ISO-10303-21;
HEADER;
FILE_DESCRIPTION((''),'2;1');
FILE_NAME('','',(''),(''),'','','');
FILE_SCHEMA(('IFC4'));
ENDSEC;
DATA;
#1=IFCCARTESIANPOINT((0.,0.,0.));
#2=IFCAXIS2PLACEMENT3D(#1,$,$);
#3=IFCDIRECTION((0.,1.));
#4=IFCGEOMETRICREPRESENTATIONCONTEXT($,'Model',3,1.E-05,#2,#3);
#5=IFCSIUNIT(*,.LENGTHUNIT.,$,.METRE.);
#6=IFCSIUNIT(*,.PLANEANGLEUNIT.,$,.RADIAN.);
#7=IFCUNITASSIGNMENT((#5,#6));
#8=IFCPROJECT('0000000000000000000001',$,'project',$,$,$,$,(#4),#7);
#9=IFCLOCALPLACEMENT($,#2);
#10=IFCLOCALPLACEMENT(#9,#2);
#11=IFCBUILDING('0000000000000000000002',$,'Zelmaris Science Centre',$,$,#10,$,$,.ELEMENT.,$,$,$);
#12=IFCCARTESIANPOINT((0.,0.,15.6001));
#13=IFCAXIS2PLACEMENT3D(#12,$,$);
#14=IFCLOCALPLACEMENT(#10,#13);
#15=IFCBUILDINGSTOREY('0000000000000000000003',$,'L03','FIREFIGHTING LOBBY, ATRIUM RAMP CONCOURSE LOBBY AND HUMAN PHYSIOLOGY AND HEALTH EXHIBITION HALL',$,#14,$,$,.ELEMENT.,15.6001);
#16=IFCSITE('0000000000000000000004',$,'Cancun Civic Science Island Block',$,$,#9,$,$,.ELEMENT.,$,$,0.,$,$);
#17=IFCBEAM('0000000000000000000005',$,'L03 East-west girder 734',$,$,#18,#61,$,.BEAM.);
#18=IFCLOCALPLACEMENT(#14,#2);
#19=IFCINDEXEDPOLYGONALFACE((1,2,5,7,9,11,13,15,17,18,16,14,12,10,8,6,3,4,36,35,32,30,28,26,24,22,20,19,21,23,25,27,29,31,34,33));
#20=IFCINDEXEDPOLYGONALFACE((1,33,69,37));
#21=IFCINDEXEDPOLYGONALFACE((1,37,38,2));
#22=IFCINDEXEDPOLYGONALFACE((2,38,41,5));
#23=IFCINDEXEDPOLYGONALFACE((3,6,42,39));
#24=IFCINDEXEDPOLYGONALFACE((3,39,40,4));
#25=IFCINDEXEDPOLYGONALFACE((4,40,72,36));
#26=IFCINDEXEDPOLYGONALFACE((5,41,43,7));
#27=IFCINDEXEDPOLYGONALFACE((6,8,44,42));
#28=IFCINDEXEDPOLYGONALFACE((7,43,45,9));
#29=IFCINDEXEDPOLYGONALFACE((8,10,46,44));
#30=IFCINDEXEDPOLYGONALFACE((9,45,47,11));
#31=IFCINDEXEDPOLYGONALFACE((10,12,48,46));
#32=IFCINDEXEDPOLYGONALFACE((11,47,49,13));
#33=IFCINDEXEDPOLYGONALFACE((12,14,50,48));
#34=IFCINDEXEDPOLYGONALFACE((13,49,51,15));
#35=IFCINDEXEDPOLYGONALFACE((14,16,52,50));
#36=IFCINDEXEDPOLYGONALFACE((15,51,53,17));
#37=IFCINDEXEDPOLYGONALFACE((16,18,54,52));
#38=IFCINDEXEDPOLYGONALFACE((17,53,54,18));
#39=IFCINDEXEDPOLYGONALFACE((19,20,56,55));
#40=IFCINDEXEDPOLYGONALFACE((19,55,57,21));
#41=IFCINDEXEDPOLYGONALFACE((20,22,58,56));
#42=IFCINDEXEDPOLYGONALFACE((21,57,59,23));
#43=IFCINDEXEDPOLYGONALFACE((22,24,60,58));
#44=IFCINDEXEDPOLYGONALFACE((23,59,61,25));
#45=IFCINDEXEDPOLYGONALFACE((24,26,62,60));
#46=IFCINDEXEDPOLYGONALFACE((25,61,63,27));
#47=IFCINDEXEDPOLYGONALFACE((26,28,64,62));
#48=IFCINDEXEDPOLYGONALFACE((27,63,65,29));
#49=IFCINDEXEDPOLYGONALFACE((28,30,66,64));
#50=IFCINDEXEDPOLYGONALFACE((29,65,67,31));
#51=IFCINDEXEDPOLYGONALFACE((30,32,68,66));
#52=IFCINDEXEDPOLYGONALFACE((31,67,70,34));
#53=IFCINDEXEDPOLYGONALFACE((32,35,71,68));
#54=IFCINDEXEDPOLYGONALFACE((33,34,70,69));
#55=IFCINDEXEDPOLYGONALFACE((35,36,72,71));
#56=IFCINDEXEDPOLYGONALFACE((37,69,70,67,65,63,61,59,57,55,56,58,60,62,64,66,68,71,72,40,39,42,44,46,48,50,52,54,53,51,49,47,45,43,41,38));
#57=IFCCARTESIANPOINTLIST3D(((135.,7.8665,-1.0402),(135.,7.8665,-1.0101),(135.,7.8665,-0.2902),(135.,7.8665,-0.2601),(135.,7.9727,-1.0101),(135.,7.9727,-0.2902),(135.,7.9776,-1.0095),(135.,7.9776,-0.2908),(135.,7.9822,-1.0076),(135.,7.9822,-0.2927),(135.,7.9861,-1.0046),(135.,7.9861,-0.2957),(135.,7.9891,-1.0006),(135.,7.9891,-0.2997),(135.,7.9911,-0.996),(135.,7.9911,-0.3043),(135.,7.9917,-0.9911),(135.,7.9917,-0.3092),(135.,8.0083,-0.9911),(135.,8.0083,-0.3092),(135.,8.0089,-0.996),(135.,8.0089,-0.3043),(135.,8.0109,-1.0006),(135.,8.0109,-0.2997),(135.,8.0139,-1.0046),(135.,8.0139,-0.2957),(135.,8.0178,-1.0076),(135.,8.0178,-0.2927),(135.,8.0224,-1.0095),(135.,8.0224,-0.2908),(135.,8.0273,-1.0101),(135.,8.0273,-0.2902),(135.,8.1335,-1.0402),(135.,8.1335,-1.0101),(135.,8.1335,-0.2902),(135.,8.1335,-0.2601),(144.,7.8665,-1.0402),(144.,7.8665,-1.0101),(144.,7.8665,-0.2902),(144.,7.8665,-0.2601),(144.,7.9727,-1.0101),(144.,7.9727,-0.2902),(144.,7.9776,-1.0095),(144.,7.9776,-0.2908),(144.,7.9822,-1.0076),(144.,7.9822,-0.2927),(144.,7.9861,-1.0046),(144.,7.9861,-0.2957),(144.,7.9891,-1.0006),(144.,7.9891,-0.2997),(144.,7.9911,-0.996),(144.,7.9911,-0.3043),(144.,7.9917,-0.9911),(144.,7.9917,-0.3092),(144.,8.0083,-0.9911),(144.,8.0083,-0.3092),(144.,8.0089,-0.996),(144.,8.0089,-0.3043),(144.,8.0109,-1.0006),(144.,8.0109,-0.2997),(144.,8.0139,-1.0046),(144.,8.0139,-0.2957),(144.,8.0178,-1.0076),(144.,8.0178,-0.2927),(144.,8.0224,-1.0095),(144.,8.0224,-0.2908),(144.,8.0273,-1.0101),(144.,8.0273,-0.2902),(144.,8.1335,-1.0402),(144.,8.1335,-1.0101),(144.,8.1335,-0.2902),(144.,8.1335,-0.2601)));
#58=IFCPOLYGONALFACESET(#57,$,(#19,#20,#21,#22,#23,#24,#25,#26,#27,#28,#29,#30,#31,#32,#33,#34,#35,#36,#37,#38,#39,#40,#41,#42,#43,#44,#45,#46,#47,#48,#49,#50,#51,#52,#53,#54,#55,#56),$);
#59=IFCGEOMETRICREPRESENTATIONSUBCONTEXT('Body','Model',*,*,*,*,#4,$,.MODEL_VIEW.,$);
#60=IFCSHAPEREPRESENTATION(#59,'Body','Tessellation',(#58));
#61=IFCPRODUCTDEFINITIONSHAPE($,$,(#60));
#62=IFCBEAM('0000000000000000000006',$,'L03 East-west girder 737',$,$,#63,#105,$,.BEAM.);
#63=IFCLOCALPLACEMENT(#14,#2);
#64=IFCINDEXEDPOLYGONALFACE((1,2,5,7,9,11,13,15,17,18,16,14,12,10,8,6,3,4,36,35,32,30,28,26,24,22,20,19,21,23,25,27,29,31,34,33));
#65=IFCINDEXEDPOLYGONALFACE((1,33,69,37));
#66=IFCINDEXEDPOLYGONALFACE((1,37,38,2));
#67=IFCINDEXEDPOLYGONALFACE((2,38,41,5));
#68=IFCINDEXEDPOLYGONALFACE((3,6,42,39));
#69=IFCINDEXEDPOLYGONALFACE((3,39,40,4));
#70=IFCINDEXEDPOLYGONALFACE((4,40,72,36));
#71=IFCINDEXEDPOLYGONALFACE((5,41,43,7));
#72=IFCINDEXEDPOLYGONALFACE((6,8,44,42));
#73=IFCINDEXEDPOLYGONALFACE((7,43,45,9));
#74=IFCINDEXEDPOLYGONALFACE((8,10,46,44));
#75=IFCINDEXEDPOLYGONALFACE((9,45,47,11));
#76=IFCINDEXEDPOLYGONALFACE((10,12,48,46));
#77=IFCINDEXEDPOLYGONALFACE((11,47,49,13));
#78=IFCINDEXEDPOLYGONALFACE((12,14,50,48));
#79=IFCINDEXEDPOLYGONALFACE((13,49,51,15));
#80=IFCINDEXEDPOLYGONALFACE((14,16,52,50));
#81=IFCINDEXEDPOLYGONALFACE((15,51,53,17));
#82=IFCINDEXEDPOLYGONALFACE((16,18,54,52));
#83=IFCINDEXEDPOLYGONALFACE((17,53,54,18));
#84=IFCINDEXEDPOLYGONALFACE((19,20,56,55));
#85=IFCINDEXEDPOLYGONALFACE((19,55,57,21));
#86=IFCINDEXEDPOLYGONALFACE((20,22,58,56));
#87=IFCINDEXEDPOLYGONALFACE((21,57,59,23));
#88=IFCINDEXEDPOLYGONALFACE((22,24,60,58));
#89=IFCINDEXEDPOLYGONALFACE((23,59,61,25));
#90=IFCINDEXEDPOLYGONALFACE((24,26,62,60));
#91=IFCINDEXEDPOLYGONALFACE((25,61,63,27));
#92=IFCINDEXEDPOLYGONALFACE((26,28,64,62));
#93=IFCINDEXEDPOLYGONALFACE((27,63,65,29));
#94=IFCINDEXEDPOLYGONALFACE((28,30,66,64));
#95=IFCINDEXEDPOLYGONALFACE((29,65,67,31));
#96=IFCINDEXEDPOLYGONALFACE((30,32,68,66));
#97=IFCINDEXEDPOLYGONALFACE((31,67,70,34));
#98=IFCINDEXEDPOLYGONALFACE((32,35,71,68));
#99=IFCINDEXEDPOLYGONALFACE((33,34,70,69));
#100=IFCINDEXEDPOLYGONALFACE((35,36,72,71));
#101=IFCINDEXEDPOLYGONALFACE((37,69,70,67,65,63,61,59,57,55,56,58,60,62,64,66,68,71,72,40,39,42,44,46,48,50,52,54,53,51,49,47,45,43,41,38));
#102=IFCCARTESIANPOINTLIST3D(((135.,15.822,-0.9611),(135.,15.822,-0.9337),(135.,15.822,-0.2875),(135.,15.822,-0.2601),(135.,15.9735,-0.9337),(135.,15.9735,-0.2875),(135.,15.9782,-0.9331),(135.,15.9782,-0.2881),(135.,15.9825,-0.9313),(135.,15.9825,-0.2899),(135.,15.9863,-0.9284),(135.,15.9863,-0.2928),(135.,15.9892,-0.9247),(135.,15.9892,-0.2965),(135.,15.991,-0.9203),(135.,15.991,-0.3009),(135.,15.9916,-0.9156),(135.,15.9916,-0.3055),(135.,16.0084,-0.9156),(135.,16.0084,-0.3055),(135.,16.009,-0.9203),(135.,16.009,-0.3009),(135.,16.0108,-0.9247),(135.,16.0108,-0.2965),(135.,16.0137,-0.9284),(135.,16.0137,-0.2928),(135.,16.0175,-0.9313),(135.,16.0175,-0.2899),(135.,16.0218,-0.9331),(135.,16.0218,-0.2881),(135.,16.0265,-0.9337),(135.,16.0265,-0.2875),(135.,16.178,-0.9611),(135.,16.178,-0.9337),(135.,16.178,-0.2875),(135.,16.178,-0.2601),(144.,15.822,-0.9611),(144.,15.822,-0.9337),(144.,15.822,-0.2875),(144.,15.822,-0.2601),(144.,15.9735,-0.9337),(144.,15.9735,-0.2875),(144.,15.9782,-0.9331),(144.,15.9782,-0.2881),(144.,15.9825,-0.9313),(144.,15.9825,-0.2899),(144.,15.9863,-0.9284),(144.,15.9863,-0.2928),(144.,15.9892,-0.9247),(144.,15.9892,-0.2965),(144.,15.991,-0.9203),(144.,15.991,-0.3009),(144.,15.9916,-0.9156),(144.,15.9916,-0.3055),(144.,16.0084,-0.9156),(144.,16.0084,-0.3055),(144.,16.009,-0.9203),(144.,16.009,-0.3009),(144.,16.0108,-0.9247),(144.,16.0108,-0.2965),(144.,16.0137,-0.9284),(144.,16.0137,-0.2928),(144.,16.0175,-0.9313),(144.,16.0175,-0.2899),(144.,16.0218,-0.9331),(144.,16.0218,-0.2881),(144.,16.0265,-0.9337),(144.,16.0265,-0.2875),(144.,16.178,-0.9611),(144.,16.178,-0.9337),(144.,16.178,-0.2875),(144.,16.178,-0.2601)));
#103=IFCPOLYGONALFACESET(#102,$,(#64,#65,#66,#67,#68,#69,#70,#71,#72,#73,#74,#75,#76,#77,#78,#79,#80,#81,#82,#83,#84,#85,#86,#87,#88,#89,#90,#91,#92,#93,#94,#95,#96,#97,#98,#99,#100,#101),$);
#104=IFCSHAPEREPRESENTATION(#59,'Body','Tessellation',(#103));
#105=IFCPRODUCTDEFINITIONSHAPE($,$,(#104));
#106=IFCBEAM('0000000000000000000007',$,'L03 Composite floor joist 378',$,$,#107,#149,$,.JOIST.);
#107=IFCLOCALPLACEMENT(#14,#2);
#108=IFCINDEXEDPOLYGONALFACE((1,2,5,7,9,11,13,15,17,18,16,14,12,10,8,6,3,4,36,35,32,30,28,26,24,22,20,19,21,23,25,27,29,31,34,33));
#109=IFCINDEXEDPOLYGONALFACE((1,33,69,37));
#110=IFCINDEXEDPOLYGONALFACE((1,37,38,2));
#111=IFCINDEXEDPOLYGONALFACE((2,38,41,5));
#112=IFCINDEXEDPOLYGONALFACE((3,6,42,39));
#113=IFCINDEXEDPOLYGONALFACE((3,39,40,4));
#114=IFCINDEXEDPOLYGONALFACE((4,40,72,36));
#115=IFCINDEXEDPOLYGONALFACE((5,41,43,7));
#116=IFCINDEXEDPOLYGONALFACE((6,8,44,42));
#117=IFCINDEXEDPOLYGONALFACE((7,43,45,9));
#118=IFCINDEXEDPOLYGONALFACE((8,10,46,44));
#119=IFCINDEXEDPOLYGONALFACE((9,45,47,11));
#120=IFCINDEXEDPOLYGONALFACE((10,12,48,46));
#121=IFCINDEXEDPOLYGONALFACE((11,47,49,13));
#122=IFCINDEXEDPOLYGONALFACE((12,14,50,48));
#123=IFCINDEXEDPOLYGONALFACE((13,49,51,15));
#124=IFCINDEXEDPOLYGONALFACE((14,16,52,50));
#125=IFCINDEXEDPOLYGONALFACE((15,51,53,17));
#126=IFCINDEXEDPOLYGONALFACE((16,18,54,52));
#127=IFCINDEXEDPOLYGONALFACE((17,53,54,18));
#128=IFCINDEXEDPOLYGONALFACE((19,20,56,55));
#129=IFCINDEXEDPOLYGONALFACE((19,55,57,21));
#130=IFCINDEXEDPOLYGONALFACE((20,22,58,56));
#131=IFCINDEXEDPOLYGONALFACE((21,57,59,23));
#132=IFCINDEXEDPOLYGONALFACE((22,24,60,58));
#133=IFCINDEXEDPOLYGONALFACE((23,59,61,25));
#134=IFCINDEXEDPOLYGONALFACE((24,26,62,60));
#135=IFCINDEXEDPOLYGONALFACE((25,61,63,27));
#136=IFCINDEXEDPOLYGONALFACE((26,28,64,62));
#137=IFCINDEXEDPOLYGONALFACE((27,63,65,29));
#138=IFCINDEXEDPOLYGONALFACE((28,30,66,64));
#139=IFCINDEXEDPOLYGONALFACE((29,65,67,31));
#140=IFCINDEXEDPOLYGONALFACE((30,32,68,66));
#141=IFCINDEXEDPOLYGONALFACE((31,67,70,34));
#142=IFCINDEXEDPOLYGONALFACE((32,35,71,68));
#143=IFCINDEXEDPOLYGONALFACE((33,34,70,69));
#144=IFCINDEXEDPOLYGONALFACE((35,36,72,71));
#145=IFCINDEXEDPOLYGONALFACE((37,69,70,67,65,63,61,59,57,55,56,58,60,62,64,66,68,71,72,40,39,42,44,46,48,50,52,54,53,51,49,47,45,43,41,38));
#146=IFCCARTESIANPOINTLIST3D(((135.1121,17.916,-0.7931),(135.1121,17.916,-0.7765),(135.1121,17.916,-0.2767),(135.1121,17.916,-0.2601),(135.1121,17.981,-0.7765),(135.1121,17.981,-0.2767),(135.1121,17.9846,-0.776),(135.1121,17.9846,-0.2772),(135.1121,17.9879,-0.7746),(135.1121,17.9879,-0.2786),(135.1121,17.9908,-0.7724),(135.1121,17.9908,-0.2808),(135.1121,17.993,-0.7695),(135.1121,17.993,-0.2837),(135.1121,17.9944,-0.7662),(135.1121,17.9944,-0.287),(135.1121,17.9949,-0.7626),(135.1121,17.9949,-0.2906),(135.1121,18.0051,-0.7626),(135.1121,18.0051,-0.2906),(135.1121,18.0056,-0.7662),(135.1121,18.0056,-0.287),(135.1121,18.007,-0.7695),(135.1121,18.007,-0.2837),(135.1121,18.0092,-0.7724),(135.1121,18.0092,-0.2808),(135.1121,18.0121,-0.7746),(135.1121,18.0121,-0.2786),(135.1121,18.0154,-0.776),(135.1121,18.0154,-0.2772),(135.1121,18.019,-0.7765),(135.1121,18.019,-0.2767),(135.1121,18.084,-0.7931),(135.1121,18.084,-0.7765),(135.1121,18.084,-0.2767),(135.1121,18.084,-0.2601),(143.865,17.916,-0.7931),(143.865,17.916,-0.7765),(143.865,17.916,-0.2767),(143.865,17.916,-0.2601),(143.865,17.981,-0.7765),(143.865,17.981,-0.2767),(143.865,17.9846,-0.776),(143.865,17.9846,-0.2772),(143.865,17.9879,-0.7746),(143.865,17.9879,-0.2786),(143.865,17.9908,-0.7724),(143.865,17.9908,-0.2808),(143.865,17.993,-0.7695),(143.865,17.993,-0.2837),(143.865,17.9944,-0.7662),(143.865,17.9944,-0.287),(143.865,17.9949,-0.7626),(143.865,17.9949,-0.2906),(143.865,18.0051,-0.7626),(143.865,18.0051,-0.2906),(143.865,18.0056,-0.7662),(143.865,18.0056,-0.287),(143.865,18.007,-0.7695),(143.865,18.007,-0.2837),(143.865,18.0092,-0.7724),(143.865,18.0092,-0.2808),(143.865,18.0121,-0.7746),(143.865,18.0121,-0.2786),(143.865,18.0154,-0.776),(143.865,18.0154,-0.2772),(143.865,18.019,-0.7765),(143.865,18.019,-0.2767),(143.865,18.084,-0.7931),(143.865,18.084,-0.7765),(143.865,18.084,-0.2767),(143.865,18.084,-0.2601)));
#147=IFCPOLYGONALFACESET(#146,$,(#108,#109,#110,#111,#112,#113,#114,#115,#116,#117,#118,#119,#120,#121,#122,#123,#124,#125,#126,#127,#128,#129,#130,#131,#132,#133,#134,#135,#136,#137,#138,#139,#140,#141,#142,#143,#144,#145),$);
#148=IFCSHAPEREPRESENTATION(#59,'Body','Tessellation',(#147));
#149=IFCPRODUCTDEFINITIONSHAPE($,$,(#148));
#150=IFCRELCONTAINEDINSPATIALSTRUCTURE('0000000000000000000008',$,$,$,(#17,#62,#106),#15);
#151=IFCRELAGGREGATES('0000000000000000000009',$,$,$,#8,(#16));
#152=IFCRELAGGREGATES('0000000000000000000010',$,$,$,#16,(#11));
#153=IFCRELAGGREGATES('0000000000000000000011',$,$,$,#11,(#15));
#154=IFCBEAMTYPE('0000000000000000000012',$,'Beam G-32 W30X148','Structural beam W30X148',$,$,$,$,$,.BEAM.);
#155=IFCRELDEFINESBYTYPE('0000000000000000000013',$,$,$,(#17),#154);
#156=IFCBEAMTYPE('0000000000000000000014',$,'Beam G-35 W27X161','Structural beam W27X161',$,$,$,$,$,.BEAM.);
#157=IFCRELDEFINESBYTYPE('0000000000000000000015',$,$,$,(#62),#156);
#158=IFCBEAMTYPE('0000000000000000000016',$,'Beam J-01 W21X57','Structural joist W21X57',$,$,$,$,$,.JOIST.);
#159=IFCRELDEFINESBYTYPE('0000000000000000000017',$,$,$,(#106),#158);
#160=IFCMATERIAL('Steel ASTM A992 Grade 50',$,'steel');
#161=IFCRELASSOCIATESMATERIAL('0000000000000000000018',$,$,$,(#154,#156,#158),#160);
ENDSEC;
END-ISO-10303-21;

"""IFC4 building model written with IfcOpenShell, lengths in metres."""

from ifc_helpers import new_model, si_unit, direction, frame, origin, origin_2d, place, context, subcontext, project, spatial, i_section, extrude, material, material_profile, profile_set, type_object, element, save


model = new_model("IFC4")

# Units and contexts
model_context = context("Model", 3, precision=1e-05, world=origin(), true_north=direction((0.0, 1.0)))
body_context = subcontext(model_context, "Body", "Model", "MODEL_VIEW")
ifc_project = project(units=[si_unit("LENGTHUNIT", "METRE"), si_unit("PLANEANGLEUNIT", "RADIAN")], contexts=[model_context])

# Site, building, storey
site_placement = place(None, origin())
site = spatial("IfcSite", under=ifc_project, at=site_placement, Name="Cancun Civic Science Island Block", CompositionType="ELEMENT", RefElevation=0.0)
building_placement = place(site_placement, origin())
building = spatial("IfcBuilding", under=site, at=building_placement, Name="Zelmaris Science Centre", CompositionType="ELEMENT")
storey_placement = place(building_placement, frame((0.0, 0.0, 15.6001)))
storey = spatial("IfcBuildingStorey", under=building, at=storey_placement, Name="L03", Description="FIREFIGHTING LOBBY, ATRIUM RAMP CONCOURSE LOBBY AND HUMAN PHYSIOLOGY AND HEALTH EXHIBITION HALL", CompositionType="ELEMENT", Elevation=15.6001)

# Shared definitions
ifc_material_1 = material(Name="Steel ASTM A992 Grade 50", Category="steel")

# Beams
ifc_material_profile_1 = material_profile(ifc_material_1, i_section(OverallWidth=0.2671, OverallDepth=0.78, WebThickness=0.0166, FlangeThickness=0.03, FilletRadius=0.019, at=origin_2d()), Name="W30X148")
ifc_profile_set_1 = profile_set([ifc_material_profile_1], Name="Steel ASTM A992 Grade 50")
beam_type_1 = type_object("IfcBeamType", Name="Beam G-32 W30X148", Description="Structural beam W30X148", PredefinedType="BEAM", material=ifc_profile_set_1)
beam_1_placement = place(storey_placement, frame((135.0, 8.0, -0.6501), z_axis=(1.0, 0.0, 0.0), x_axis=(0.0, 1.0, 0.0)))
element("IfcBeam", 1, at=beam_1_placement, inside=storey, type_object=beam_type_1, Name="L03 East-west girder 734", PredefinedType="BEAM", context=body_context, shape_type="SweptSolid", body=[
    extrude(i_section(OverallWidth=0.2671, OverallDepth=0.78, WebThickness=0.0166, FlangeThickness=0.03, FilletRadius=0.019, at=origin_2d()), origin(), (0.0, 0.0, 1.0), 9.0),
])
ifc_material_profile_2 = material_profile(ifc_material_1, i_section(OverallWidth=0.356, OverallDepth=0.7009, WebThickness=0.0168, FlangeThickness=0.0273, FilletRadius=0.0181, at=origin_2d()), Name="W27X161")
ifc_profile_set_2 = profile_set([ifc_material_profile_2], Name="Steel ASTM A992 Grade 50")
beam_type_2 = type_object("IfcBeamType", Name="Beam G-35 W27X161", Description="Structural beam W27X161", PredefinedType="BEAM", material=ifc_profile_set_2)
beam_2_placement = place(storey_placement, frame((135.0, 16.0, -0.6106), z_axis=(1.0, 0.0, 0.0), x_axis=(0.0, 1.0, 0.0)))
element("IfcBeam", 2, at=beam_2_placement, inside=storey, type_object=beam_type_2, Name="L03 East-west girder 737", PredefinedType="BEAM", context=body_context, shape_type="SweptSolid", body=[
    extrude(i_section(OverallWidth=0.356, OverallDepth=0.7009, WebThickness=0.0168, FlangeThickness=0.0273, FilletRadius=0.0181, at=origin_2d()), origin(), (0.0, 0.0, 1.0), 9.0),
])
ifc_material_profile_3 = material_profile(ifc_material_1, i_section(OverallWidth=0.168, OverallDepth=0.533, WebThickness=0.0103, FlangeThickness=0.0166, FilletRadius=0.0139, at=origin_2d()), Name="W21X57")
ifc_profile_set_3 = profile_set([ifc_material_profile_3], Name="Steel ASTM A992 Grade 50")
beam_type_3 = type_object("IfcBeamType", Name="Beam J-01 W21X57", Description="Structural joist W21X57", PredefinedType="JOIST", material=ifc_profile_set_3)
beam_3_placement = place(storey_placement, frame((135.1121, 18.0, -0.5266), z_axis=(1.0, 0.0, 0.0), x_axis=(0.0, 1.0, 0.0)))
element("IfcBeam", 3, at=beam_3_placement, inside=storey, type_object=beam_type_3, Name="L03 Composite floor joist 378", PredefinedType="JOIST", context=body_context, shape_type="SweptSolid", body=[
    extrude(i_section(OverallWidth=0.168, OverallDepth=0.533, WebThickness=0.0103, FlangeThickness=0.0166, FilletRadius=0.0139, at=origin_2d()), origin(), (0.0, 0.0, 1.0), 8.7529),
])

save(model, "model.ifc")
